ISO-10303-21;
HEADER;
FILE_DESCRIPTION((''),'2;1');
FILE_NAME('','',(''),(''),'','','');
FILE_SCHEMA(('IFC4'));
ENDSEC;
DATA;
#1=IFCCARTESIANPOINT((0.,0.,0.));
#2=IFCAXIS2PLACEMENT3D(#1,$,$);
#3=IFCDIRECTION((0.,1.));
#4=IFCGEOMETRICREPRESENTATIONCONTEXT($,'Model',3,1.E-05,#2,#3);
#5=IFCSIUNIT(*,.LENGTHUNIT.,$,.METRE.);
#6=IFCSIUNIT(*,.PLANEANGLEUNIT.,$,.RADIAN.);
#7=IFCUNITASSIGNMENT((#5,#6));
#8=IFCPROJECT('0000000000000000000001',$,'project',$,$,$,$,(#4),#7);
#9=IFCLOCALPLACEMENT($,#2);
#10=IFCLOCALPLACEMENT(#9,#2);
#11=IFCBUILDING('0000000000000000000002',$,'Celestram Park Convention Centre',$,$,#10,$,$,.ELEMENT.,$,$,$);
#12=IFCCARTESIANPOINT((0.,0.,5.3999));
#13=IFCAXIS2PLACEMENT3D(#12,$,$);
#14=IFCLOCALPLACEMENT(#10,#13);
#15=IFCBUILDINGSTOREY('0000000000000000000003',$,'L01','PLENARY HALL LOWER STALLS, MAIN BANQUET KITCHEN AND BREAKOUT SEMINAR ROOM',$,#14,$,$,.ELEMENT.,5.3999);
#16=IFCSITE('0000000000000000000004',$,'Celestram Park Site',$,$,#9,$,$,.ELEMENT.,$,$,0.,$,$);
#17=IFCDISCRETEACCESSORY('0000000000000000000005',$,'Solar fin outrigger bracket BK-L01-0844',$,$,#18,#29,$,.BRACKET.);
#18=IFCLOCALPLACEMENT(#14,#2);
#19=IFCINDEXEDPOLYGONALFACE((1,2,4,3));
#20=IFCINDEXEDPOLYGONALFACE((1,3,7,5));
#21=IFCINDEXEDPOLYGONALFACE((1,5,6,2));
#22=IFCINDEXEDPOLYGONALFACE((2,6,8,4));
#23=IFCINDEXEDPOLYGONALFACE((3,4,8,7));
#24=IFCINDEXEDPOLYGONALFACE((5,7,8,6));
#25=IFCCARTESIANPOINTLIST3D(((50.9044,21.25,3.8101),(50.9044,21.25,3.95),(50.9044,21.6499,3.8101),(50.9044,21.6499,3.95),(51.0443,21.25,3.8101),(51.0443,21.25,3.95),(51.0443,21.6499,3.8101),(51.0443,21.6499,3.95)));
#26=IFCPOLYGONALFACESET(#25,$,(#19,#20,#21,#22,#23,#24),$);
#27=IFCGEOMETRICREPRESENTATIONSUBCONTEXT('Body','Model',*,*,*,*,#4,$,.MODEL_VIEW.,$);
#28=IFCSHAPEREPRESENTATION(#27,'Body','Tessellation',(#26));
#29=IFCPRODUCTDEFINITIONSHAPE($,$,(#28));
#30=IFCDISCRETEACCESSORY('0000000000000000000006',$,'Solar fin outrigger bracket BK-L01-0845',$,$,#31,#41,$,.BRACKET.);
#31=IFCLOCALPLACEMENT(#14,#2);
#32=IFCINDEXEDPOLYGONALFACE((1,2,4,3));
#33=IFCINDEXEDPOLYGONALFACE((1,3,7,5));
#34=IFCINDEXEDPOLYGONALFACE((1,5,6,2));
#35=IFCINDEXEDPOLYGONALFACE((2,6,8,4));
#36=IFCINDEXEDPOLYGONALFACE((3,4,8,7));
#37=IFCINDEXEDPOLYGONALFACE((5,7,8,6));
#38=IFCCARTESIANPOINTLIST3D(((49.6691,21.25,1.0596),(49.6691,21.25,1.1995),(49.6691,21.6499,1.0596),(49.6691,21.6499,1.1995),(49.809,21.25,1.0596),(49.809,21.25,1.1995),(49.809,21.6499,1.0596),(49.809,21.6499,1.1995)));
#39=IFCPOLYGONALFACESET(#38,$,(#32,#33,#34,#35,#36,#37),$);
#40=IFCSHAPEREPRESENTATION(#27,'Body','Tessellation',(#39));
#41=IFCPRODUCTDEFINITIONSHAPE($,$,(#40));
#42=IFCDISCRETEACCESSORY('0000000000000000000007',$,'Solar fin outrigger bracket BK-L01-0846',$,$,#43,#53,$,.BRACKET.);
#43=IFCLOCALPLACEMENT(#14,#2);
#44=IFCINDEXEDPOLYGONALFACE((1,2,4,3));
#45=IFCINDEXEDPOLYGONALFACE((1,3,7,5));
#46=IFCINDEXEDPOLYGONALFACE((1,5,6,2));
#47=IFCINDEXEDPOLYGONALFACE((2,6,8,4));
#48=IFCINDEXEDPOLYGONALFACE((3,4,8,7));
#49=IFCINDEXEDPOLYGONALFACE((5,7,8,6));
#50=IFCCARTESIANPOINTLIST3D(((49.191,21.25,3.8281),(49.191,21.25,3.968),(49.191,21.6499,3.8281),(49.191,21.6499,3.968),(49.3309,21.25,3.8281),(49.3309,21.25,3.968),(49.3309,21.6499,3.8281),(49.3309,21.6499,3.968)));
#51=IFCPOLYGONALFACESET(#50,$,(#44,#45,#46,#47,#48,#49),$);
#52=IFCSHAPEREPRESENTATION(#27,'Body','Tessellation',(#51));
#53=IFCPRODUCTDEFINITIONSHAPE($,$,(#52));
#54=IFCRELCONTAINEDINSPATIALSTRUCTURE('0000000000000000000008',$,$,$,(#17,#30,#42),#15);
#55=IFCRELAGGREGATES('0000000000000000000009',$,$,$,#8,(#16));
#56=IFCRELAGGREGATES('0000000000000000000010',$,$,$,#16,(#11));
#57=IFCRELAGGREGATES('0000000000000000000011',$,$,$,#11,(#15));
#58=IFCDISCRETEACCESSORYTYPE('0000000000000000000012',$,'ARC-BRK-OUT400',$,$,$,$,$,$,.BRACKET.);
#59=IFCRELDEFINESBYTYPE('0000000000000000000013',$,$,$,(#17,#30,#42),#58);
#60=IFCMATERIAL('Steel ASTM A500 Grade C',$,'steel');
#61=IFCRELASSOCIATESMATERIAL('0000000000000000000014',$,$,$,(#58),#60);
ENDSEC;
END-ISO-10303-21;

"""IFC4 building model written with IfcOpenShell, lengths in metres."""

from ifc_helpers import new_model, si_unit, direction, frame, origin, origin_2d, place, context, subcontext, project, spatial, rectangle, extrude, material, type_object, element, save


model = new_model("IFC4")

# Units and contexts
model_context = context("Model", 3, precision=1e-05, world=origin(), true_north=direction((0.0, 1.0)))
body_context = subcontext(model_context, "Body", "Model", "MODEL_VIEW")
ifc_project = project(units=[si_unit("LENGTHUNIT", "METRE"), si_unit("PLANEANGLEUNIT", "RADIAN")], contexts=[model_context])

# Site, building, storey
site_placement = place(None, origin())
site = spatial("IfcSite", under=ifc_project, at=site_placement, Name="Celestram Park Site", CompositionType="ELEMENT", RefElevation=0.0)
building_placement = place(site_placement, origin())
building = spatial("IfcBuilding", under=site, at=building_placement, Name="Celestram Park Convention Centre", CompositionType="ELEMENT")
storey_placement = place(building_placement, frame((0.0, 0.0, 5.3999)))
storey = spatial("IfcBuildingStorey", under=building, at=storey_placement, Name="L01", Description="PLENARY HALL LOWER STALLS, MAIN BANQUET KITCHEN AND BREAKOUT SEMINAR ROOM", CompositionType="ELEMENT", Elevation=5.3999)

# Discrete accessories
ifc_material_1 = material(Name="Steel ASTM A500 Grade C", Category="steel")
discrete_accessory_type = type_object("IfcDiscreteAccessoryType", Name="ARC-BRK-OUT400", PredefinedType="BRACKET", material=ifc_material_1)
for number, where, z_axis, x_axis, name in (
    (1, (50.9744, 21.45, 3.8101), (0.0, 0.0, 1.0), (0.0, -1.0, 0.0), "Solar fin outrigger bracket BK-L01-0844"),
    (2, (49.739, 21.45, 1.0596), (0.0, 0.0, 1.0), (0.0, -1.0, 0.0), "Solar fin outrigger bracket BK-L01-0845"),
    (3, (49.261, 21.45, 3.8281), (0.0, 0.0, 1.0), (0.0, -1.0, 0.0), "Solar fin outrigger bracket BK-L01-0846"),
):
    element("IfcDiscreteAccessory", number, at=place(storey_placement, frame(where, z_axis=z_axis, x_axis=x_axis)), inside=storey, type_object=discrete_accessory_type, Name=name, PredefinedType="BRACKET", context=body_context, shape_type="SweptSolid", body=[
        extrude(rectangle(XDim=0.3999, YDim=0.1399, at=origin_2d()), origin(), (0.0, 0.0, 1.0), 0.1399),
    ])

save(model, "model.ifc")
